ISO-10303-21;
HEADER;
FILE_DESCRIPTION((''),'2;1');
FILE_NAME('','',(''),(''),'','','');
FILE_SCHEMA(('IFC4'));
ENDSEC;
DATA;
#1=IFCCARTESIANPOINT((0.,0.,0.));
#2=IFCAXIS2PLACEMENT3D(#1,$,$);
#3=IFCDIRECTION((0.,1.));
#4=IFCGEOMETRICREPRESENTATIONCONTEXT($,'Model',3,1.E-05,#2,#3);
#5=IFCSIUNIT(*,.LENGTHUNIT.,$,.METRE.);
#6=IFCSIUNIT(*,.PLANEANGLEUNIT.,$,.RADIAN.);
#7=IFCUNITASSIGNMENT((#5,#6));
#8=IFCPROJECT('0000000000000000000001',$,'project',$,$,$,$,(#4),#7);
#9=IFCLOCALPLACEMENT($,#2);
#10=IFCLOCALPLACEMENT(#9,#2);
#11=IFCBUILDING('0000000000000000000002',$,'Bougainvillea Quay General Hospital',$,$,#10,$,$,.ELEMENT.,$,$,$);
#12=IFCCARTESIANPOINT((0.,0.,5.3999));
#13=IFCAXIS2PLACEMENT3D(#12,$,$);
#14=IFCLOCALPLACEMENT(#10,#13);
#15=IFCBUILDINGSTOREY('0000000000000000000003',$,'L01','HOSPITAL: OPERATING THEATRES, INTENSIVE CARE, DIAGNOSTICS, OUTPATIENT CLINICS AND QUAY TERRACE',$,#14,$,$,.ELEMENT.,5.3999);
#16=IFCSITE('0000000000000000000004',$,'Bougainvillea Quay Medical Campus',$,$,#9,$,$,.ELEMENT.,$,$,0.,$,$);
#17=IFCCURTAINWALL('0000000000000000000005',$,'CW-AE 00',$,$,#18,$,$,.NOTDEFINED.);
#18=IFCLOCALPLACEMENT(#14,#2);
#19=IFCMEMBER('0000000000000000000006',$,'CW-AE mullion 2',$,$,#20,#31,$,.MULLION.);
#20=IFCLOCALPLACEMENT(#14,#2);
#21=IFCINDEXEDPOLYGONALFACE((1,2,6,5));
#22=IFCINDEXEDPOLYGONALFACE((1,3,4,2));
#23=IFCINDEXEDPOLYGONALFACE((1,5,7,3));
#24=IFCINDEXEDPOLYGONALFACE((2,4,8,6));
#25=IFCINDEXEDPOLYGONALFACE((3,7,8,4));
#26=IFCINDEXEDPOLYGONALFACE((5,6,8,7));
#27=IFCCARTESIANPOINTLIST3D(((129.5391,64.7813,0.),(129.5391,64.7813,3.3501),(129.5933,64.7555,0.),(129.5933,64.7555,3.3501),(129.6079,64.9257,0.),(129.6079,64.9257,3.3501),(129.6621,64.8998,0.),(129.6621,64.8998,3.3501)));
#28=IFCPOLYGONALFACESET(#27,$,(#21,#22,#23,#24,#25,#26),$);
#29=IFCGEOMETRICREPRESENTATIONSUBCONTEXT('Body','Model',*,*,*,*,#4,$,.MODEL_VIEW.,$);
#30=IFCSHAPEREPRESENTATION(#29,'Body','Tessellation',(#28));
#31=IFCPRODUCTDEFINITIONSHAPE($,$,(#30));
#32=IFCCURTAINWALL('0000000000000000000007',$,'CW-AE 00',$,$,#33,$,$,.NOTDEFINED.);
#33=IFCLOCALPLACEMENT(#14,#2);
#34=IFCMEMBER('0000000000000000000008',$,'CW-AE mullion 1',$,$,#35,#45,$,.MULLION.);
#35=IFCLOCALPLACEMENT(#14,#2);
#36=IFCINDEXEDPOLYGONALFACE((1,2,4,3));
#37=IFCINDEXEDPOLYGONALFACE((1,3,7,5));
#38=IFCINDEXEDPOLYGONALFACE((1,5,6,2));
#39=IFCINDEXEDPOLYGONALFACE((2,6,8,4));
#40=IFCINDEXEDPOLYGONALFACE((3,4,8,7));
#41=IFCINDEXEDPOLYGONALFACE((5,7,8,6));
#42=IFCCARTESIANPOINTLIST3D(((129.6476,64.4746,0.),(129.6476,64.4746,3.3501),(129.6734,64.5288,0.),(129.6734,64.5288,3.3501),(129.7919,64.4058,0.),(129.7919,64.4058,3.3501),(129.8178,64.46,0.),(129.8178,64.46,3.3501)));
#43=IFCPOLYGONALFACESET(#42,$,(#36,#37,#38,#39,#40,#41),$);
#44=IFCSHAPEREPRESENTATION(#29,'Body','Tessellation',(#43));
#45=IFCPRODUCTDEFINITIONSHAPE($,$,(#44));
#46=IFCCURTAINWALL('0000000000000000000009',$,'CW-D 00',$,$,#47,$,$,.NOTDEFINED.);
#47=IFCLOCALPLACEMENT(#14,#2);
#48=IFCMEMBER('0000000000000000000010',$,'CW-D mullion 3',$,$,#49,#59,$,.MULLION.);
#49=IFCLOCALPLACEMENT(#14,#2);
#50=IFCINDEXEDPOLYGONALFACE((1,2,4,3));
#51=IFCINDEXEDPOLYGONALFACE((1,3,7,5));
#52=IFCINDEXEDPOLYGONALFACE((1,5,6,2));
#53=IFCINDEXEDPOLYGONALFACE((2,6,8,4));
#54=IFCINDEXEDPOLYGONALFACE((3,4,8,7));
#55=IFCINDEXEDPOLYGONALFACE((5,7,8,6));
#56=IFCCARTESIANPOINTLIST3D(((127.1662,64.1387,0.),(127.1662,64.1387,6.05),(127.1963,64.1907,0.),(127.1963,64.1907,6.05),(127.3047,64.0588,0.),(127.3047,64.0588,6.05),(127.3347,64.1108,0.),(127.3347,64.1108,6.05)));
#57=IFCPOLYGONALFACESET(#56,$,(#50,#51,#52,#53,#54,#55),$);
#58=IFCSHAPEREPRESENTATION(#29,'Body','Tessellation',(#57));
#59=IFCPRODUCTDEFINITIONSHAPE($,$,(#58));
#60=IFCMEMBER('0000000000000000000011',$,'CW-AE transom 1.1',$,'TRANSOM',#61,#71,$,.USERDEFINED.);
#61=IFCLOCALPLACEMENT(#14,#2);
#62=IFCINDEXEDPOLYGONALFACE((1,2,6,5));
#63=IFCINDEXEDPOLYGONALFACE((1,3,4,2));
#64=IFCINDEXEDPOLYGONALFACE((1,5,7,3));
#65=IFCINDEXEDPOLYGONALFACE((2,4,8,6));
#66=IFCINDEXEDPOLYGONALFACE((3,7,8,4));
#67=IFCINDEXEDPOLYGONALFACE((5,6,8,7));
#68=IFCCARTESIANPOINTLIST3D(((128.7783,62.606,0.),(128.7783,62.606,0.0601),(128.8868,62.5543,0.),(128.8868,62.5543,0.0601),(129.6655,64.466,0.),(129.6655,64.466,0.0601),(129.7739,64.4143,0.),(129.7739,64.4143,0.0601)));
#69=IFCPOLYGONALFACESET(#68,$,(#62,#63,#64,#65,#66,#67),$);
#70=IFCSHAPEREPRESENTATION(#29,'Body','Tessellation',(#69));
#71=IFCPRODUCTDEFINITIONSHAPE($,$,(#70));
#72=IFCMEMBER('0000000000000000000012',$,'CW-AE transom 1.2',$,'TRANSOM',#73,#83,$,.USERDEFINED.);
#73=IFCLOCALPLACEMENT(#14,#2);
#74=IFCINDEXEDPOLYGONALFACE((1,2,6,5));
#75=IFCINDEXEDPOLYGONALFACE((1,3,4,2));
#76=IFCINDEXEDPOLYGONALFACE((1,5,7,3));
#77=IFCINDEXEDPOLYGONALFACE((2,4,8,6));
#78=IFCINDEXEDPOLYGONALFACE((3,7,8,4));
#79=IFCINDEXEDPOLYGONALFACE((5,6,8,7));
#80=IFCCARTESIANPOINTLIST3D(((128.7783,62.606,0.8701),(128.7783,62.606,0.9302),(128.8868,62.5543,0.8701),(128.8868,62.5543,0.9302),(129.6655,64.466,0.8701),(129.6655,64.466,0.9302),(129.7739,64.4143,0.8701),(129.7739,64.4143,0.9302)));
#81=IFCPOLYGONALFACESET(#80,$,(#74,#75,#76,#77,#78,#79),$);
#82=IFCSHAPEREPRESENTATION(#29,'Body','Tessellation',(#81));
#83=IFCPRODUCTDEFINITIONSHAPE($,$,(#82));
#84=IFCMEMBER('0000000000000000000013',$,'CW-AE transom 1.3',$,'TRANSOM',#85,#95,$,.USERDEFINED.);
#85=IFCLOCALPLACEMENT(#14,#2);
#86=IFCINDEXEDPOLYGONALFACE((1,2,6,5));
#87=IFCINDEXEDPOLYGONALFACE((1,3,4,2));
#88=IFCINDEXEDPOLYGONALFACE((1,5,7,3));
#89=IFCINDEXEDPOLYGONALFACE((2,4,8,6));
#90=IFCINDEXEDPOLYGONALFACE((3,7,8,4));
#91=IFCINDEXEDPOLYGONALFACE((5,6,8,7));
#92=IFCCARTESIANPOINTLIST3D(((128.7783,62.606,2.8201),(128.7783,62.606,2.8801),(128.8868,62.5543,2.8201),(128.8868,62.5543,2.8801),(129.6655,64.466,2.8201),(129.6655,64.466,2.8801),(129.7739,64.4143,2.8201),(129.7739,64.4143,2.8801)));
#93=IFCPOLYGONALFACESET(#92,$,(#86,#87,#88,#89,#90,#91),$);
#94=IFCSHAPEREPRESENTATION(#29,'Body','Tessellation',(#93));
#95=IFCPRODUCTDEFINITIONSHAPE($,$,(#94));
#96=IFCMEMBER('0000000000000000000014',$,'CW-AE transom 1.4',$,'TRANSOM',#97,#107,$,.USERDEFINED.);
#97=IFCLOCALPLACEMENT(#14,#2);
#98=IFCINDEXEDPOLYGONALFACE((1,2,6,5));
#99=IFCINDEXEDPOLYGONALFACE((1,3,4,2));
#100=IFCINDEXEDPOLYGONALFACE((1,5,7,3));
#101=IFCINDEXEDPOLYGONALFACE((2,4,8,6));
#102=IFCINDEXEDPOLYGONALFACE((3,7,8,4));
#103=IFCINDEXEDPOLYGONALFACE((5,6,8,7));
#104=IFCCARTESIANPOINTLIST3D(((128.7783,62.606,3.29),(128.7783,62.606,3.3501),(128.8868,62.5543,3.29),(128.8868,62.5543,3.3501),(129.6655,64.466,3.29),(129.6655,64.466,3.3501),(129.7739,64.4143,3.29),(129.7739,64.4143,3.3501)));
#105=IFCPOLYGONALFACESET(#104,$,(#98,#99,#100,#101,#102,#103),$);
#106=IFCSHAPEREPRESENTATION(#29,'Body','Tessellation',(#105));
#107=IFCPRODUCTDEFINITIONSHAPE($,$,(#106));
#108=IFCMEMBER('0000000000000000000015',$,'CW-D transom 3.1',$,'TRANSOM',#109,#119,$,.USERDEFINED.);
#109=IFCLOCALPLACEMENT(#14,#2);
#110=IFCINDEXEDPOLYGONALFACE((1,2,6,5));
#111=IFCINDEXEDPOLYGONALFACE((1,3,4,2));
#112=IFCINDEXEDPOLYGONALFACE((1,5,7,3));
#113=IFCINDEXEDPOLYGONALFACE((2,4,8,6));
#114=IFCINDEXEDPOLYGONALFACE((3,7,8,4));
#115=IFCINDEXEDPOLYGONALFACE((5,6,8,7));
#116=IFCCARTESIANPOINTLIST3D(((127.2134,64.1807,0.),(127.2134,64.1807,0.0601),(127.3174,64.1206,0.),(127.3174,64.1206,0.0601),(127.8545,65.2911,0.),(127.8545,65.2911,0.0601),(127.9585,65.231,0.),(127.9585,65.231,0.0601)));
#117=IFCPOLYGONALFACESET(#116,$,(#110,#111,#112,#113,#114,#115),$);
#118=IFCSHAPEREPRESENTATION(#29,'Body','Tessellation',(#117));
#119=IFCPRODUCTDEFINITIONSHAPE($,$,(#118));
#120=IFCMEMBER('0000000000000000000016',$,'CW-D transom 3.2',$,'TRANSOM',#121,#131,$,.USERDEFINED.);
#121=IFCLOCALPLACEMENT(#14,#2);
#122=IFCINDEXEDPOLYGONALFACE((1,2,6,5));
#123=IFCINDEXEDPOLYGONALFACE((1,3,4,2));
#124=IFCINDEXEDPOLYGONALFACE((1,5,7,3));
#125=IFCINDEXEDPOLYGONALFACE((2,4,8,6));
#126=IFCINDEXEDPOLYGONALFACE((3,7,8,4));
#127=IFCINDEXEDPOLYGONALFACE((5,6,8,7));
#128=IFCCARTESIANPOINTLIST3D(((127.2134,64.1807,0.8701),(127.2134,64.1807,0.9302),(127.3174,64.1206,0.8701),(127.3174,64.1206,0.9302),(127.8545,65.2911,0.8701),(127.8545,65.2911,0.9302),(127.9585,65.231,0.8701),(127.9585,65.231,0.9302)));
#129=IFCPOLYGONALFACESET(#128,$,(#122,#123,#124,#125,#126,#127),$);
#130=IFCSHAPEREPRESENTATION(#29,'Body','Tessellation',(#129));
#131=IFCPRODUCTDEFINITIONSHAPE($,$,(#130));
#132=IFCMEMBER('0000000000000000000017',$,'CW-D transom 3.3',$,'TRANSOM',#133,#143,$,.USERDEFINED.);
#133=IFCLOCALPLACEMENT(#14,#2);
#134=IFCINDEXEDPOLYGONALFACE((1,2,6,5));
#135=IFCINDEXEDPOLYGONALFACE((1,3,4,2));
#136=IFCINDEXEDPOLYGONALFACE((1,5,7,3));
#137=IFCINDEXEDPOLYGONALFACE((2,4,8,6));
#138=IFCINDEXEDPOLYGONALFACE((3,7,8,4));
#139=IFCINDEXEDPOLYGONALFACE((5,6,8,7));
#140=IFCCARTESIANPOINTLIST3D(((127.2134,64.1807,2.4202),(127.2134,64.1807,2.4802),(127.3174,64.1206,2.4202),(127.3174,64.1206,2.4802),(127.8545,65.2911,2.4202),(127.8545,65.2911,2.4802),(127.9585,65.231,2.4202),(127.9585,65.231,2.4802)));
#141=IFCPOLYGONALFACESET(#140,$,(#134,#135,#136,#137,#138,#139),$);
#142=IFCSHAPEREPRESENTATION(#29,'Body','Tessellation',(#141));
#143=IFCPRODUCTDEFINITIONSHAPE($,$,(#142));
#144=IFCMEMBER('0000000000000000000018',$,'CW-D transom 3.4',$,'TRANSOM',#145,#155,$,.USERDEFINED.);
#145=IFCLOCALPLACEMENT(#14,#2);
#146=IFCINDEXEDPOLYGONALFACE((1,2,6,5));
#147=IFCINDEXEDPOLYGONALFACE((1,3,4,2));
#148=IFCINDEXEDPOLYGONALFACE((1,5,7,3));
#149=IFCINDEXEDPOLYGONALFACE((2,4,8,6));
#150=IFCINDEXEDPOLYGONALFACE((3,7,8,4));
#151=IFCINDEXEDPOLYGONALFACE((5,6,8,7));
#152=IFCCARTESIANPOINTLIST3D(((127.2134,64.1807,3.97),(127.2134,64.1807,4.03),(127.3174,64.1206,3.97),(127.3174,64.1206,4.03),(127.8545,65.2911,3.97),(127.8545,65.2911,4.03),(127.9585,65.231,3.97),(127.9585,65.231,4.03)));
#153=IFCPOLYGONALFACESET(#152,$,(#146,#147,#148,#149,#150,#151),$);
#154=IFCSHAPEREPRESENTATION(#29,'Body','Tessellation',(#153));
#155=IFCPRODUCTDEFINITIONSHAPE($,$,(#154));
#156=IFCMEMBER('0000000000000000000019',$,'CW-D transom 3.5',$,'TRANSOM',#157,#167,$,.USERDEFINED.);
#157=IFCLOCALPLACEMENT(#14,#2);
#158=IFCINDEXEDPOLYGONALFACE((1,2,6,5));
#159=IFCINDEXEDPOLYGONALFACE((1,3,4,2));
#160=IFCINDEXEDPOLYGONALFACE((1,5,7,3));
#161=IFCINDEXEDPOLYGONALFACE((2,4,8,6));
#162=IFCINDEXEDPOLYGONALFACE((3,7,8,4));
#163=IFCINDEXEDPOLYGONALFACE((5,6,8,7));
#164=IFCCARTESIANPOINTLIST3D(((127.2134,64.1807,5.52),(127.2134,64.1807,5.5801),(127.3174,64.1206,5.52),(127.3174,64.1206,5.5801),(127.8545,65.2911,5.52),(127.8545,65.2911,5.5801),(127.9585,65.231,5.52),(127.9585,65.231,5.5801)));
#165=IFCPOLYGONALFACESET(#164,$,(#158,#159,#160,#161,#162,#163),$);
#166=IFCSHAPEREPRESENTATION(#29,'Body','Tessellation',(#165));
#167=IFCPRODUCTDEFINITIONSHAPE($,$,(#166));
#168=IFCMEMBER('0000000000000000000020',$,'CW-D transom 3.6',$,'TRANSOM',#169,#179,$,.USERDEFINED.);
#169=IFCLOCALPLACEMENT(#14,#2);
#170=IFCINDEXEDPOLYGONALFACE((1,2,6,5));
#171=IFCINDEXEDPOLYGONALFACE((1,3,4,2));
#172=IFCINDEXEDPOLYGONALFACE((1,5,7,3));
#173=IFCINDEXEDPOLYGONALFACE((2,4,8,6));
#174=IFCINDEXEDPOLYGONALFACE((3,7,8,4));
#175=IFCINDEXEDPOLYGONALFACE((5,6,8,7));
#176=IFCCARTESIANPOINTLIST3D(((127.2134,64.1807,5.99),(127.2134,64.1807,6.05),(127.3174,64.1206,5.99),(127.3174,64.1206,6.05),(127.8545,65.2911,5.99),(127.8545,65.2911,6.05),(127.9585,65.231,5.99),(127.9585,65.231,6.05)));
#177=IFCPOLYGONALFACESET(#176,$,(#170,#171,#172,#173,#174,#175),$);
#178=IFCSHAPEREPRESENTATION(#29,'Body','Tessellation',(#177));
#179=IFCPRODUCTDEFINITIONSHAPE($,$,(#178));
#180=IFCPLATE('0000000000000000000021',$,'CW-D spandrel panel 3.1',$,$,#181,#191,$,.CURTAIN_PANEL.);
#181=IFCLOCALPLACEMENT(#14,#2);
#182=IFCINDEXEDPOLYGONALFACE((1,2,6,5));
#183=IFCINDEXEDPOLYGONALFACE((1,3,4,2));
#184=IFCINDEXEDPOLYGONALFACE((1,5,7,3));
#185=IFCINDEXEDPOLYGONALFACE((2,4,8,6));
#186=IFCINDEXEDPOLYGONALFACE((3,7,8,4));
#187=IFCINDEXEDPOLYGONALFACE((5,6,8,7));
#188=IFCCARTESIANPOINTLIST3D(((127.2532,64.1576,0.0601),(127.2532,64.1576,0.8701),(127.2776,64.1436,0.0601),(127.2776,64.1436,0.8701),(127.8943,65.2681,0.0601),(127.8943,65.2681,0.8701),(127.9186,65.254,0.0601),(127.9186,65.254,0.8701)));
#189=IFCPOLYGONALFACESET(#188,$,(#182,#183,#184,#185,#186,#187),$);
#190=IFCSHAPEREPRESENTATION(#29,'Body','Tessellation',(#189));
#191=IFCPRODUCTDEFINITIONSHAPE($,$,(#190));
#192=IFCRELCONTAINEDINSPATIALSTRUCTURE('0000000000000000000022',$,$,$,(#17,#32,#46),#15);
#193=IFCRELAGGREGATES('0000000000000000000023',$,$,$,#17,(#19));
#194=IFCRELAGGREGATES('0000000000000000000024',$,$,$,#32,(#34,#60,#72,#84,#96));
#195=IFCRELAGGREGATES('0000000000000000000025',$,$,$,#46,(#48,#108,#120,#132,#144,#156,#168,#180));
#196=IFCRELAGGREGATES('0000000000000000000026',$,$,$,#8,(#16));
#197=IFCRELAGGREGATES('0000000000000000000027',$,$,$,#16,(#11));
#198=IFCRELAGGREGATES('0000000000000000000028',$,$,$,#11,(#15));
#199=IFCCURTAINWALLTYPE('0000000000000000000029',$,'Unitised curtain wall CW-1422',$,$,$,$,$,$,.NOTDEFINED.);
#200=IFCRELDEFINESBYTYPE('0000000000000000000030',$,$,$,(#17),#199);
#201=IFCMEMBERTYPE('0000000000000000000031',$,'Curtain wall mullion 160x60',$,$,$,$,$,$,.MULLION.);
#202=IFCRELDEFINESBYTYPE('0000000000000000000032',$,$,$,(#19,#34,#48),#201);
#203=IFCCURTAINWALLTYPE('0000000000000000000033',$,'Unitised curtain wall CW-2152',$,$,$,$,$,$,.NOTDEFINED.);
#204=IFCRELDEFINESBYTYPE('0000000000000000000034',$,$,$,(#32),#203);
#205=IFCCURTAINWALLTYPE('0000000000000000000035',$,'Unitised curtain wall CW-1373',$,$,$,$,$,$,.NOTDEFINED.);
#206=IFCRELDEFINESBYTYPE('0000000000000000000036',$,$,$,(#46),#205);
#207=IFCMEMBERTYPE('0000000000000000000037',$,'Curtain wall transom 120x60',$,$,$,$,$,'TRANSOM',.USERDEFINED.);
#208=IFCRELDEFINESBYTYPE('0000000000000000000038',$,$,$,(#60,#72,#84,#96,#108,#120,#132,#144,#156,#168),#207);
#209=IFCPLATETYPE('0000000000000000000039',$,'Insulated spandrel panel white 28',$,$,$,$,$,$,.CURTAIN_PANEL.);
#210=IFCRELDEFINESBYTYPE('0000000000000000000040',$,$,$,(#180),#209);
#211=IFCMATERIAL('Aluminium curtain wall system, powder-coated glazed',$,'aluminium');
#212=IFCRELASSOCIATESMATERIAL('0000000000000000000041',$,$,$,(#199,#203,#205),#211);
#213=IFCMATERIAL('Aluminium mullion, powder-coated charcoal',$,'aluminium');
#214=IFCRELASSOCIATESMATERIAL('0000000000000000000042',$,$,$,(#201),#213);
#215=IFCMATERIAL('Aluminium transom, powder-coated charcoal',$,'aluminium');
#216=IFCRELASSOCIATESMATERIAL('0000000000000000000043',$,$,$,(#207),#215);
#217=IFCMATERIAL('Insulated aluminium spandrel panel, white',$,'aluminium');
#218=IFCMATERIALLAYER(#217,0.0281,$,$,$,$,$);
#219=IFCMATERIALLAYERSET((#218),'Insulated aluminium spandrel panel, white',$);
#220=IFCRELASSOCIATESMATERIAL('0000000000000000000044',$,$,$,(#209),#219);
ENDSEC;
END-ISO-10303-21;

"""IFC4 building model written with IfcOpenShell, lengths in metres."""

from ifc_helpers import new_model, si_unit, direction, frame, origin, origin_2d, place, context, subcontext, project, spatial, rectangle, extrude, material, layer, layer_set, material_profile, profile_set, type_object, element, aggregate, save


model = new_model("IFC4")

# Units and contexts
model_context = context("Model", 3, precision=1e-05, world=origin(), true_north=direction((0.0, 1.0)))
body_context = subcontext(model_context, "Body", "Model", "MODEL_VIEW")
ifc_project = project(units=[si_unit("LENGTHUNIT", "METRE"), si_unit("PLANEANGLEUNIT", "RADIAN")], contexts=[model_context])

# Site, building, storey
site_placement = place(None, origin())
site = spatial("IfcSite", under=ifc_project, at=site_placement, Name="Bougainvillea Quay Medical Campus", CompositionType="ELEMENT", RefElevation=0.0)
building_placement = place(site_placement, origin())
building = spatial("IfcBuilding", under=site, at=building_placement, Name="Bougainvillea Quay General Hospital", CompositionType="ELEMENT")
storey_placement = place(building_placement, frame((0.0, 0.0, 5.3999)))
storey = spatial("IfcBuildingStorey", under=building, at=storey_placement, Name="L01", Description="HOSPITAL: OPERATING THEATRES, INTENSIVE CARE, DIAGNOSTICS, OUTPATIENT CLINICS AND QUAY TERRACE", CompositionType="ELEMENT", Elevation=5.3999)

# Curtain walls, members
ifc_material_1 = material(Name="Aluminium curtain wall system, powder-coated glazed", Category="aluminium")
curtain_wall_type_1 = type_object("IfcCurtainWallType", Name="Unitised curtain wall CW-1422", PredefinedType="NOTDEFINED", material=ifc_material_1)
curtain_wall_1_placement = place(storey_placement, origin())
curtain_wall_1 = element("IfcCurtainWall", 1, at=curtain_wall_1_placement, inside=storey, type_object=curtain_wall_type_1, Name="CW-AE 00", PredefinedType="NOTDEFINED")
ifc_material_2 = material(Name="Aluminium mullion, powder-coated charcoal", Category="aluminium")
ifc_material_profile_1 = material_profile(ifc_material_2, rectangle(XDim=0.1599, YDim=0.0601, at=origin_2d()))
ifc_profile_set_1 = profile_set([ifc_material_profile_1], Name="Aluminium mullion, powder-coated charcoal")
member_type_1 = type_object("IfcMemberType", Name="Curtain wall mullion 160x60", PredefinedType="MULLION", material=ifc_profile_set_1)
member_1_placement = place(storey_placement, frame((129.6006, 64.8406, 0.0), z_axis=(0.0, 0.0, 1.0), x_axis=(0.430534, 0.902574, 0.0)))
member_1 = element("IfcMember", 2, at=member_1_placement, type_object=member_type_1, Name="CW-AE mullion 2", PredefinedType="MULLION", context=body_context, shape_type="SweptSolid", body=[
    extrude(rectangle(XDim=0.1599, YDim=0.0601, at=origin_2d()), origin(), (0.0, 0.0, 1.0), 3.3501),
])
aggregate(curtain_wall_1, [member_1])
curtain_wall_type_2 = type_object("IfcCurtainWallType", Name="Unitised curtain wall CW-2152", PredefinedType="NOTDEFINED", material=ifc_material_1)
curtain_wall_2_placement = place(storey_placement, origin())
curtain_wall_2 = element("IfcCurtainWall", 3, at=curtain_wall_2_placement, inside=storey, type_object=curtain_wall_type_2, Name="CW-AE 00", PredefinedType="NOTDEFINED")
member_2_placement = place(storey_placement, frame((129.7327, 64.4673, 0.0), z_axis=(0.0, 0.0, 1.0), x_axis=(0.902576, -0.43053, 0.0)))
member_2 = element("IfcMember", 4, at=member_2_placement, type_object=member_type_1, Name="CW-AE mullion 1", PredefinedType="MULLION", context=body_context, shape_type="SweptSolid", body=[
    extrude(rectangle(XDim=0.1599, YDim=0.0601, at=origin_2d()), origin(), (0.0, 0.0, 1.0), 3.3501),
])
curtain_wall_type_3 = type_object("IfcCurtainWallType", Name="Unitised curtain wall CW-1373", PredefinedType="NOTDEFINED", material=ifc_material_1)
curtain_wall_3_placement = place(storey_placement, origin())
curtain_wall_3 = element("IfcCurtainWall", 5, at=curtain_wall_3_placement, inside=storey, type_object=curtain_wall_type_3, Name="CW-D 00", PredefinedType="NOTDEFINED")
member_3_placement = place(storey_placement, frame((127.2505, 64.1248, 0.0), z_axis=(0.0, 0.0, 1.0), x_axis=(-0.866048, 0.499962, 0.0)))
member_3 = element("IfcMember", 6, at=member_3_placement, type_object=member_type_1, Name="CW-D mullion 3", PredefinedType="MULLION", context=body_context, shape_type="SweptSolid", body=[
    extrude(rectangle(XDim=0.1599, YDim=0.0601, at=origin_2d()), origin(), (0.0, 0.0, 1.0), 6.05),
])

# Members
ifc_material_3 = material(Name="Aluminium transom, powder-coated charcoal", Category="aluminium")
ifc_material_profile_2 = material_profile(ifc_material_3, rectangle(XDim=0.1201, YDim=0.0601, at=origin_2d()))
ifc_profile_set_2 = profile_set([ifc_material_profile_2], Name="Aluminium transom, powder-coated charcoal")
member_type_2 = type_object("IfcMemberType", Name="Curtain wall transom 120x60", ElementType="TRANSOM", PredefinedType="USERDEFINED", material=ifc_profile_set_2)
member_4_placement = place(storey_placement, frame((129.7197, 64.4402, 0.03), z_axis=(-0.430504, -0.902589, 0.0), x_axis=(0.902589, -0.430504, 0.0)))
member_4 = element("IfcMember", 7, at=member_4_placement, type_object=member_type_2, Name="CW-AE transom 1.1", ObjectType="TRANSOM", PredefinedType="USERDEFINED", context=body_context, shape_type="SweptSolid", body=[
    extrude(rectangle(XDim=0.1201, YDim=0.0601, at=origin_2d()), origin(), (0.0, 0.0, 1.0), 2.0608),
])
member_5_placement = place(storey_placement, frame((129.7197, 64.4402, 0.9001), z_axis=(-0.430504, -0.902589, 0.0), x_axis=(0.902589, -0.430504, 0.0)))
member_5 = element("IfcMember", 8, at=member_5_placement, type_object=member_type_2, Name="CW-AE transom 1.2", ObjectType="TRANSOM", PredefinedType="USERDEFINED", context=body_context, shape_type="SweptSolid", body=[
    extrude(rectangle(XDim=0.1201, YDim=0.0601, at=origin_2d()), origin(), (0.0, 0.0, 1.0), 2.0608),
])
member_6_placement = place(storey_placement, frame((129.7197, 64.4402, 2.8501), z_axis=(-0.430504, -0.902589, 0.0), x_axis=(0.902589, -0.430504, 0.0)))
member_6 = element("IfcMember", 9, at=member_6_placement, type_object=member_type_2, Name="CW-AE transom 1.3", ObjectType="TRANSOM", PredefinedType="USERDEFINED", context=body_context, shape_type="SweptSolid", body=[
    extrude(rectangle(XDim=0.1201, YDim=0.0601, at=origin_2d()), origin(), (0.0, 0.0, 1.0), 2.0608),
])
member_7_placement = place(storey_placement, frame((129.7197, 64.4402, 3.3201), z_axis=(-0.430504, -0.902589, 0.0), x_axis=(0.902589, -0.430504, 0.0)))
member_7 = element("IfcMember", 10, at=member_7_placement, type_object=member_type_2, Name="CW-AE transom 1.4", ObjectType="TRANSOM", PredefinedType="USERDEFINED", context=body_context, shape_type="SweptSolid", body=[
    extrude(rectangle(XDim=0.1201, YDim=0.0601, at=origin_2d()), origin(), (0.0, 0.0, 1.0), 2.0608),
])
aggregate(curtain_wall_2, [member_2, member_4, member_5, member_6, member_7])
member_8_placement = place(storey_placement, frame((127.2654, 64.1506, 0.03), z_axis=(0.50003, 0.866008, 0.0), x_axis=(-0.866008, 0.50003, 0.0)))
member_8 = element("IfcMember", 11, at=member_8_placement, type_object=member_type_2, Name="CW-D transom 3.1", ObjectType="TRANSOM", PredefinedType="USERDEFINED", context=body_context, shape_type="SweptSolid", body=[
    extrude(rectangle(XDim=0.1201, YDim=0.0601, at=origin_2d()), origin(), (0.0, 0.0, 1.0), 1.2822),
])
member_9_placement = place(storey_placement, frame((127.2654, 64.1506, 0.9001), z_axis=(0.50003, 0.866008, 0.0), x_axis=(-0.866008, 0.50003, 0.0)))
member_9 = element("IfcMember", 12, at=member_9_placement, type_object=member_type_2, Name="CW-D transom 3.2", ObjectType="TRANSOM", PredefinedType="USERDEFINED", context=body_context, shape_type="SweptSolid", body=[
    extrude(rectangle(XDim=0.1201, YDim=0.0601, at=origin_2d()), origin(), (0.0, 0.0, 1.0), 1.2822),
])
member_10_placement = place(storey_placement, frame((127.2654, 64.1506, 2.4502), z_axis=(0.50003, 0.866008, 0.0), x_axis=(-0.866008, 0.50003, 0.0)))
member_10 = element("IfcMember", 13, at=member_10_placement, type_object=member_type_2, Name="CW-D transom 3.3", ObjectType="TRANSOM", PredefinedType="USERDEFINED", context=body_context, shape_type="SweptSolid", body=[
    extrude(rectangle(XDim=0.1201, YDim=0.0601, at=origin_2d()), origin(), (0.0, 0.0, 1.0), 1.2822),
])
member_11_placement = place(storey_placement, frame((127.2654, 64.1506, 4.0), z_axis=(0.50003, 0.866008, 0.0), x_axis=(-0.866008, 0.50003, 0.0)))
member_11 = element("IfcMember", 14, at=member_11_placement, type_object=member_type_2, Name="CW-D transom 3.4", ObjectType="TRANSOM", PredefinedType="USERDEFINED", context=body_context, shape_type="SweptSolid", body=[
    extrude(rectangle(XDim=0.1201, YDim=0.0601, at=origin_2d()), origin(), (0.0, 0.0, 1.0), 1.2822),
])
member_12_placement = place(storey_placement, frame((127.2654, 64.1506, 5.55), z_axis=(0.50003, 0.866008, 0.0), x_axis=(-0.866008, 0.50003, 0.0)))
member_12 = element("IfcMember", 15, at=member_12_placement, type_object=member_type_2, Name="CW-D transom 3.5", ObjectType="TRANSOM", PredefinedType="USERDEFINED", context=body_context, shape_type="SweptSolid", body=[
    extrude(rectangle(XDim=0.1201, YDim=0.0601, at=origin_2d()), origin(), (0.0, 0.0, 1.0), 1.2822),
])
member_13_placement = place(storey_placement, frame((127.2654, 64.1506, 6.02), z_axis=(0.50003, 0.866008, 0.0), x_axis=(-0.866008, 0.50003, 0.0)))
member_13 = element("IfcMember", 16, at=member_13_placement, type_object=member_type_2, Name="CW-D transom 3.6", ObjectType="TRANSOM", PredefinedType="USERDEFINED", context=body_context, shape_type="SweptSolid", body=[
    extrude(rectangle(XDim=0.1201, YDim=0.0601, at=origin_2d()), origin(), (0.0, 0.0, 1.0), 1.2822),
])

# Plate
ifc_material_4 = material(Name="Insulated aluminium spandrel panel, white", Category="aluminium")
ifc_layer_1 = layer(ifc_material_4, 0.0281)
ifc_layer_set_1 = layer_set([ifc_layer_1], Name="Insulated aluminium spandrel panel, white")
plate_type_1 = type_object("IfcPlateType", Name="Insulated spandrel panel white 28", PredefinedType="CURTAIN_PANEL", material=ifc_layer_set_1)
plate_1_placement = place(storey_placement, frame((127.5859, 64.7058, 0.0601), z_axis=(0.0, 0.0, 1.0), x_axis=(0.499962, 0.866048, 0.0)))
plate_1 = element("IfcPlate", 17, at=plate_1_placement, type_object=plate_type_1, Name="CW-D spandrel panel 3.1", PredefinedType="CURTAIN_PANEL", context=body_context, shape_type="SweptSolid", body=[
    extrude(rectangle(XDim=1.2822, YDim=0.0281, at=origin_2d()), origin(), (0.0, 0.0, 1.0), 0.8101),
])
aggregate(curtain_wall_3, [member_3, member_8, member_9, member_10, member_11, member_12, member_13, plate_1])

save(model, "model.ifc")
